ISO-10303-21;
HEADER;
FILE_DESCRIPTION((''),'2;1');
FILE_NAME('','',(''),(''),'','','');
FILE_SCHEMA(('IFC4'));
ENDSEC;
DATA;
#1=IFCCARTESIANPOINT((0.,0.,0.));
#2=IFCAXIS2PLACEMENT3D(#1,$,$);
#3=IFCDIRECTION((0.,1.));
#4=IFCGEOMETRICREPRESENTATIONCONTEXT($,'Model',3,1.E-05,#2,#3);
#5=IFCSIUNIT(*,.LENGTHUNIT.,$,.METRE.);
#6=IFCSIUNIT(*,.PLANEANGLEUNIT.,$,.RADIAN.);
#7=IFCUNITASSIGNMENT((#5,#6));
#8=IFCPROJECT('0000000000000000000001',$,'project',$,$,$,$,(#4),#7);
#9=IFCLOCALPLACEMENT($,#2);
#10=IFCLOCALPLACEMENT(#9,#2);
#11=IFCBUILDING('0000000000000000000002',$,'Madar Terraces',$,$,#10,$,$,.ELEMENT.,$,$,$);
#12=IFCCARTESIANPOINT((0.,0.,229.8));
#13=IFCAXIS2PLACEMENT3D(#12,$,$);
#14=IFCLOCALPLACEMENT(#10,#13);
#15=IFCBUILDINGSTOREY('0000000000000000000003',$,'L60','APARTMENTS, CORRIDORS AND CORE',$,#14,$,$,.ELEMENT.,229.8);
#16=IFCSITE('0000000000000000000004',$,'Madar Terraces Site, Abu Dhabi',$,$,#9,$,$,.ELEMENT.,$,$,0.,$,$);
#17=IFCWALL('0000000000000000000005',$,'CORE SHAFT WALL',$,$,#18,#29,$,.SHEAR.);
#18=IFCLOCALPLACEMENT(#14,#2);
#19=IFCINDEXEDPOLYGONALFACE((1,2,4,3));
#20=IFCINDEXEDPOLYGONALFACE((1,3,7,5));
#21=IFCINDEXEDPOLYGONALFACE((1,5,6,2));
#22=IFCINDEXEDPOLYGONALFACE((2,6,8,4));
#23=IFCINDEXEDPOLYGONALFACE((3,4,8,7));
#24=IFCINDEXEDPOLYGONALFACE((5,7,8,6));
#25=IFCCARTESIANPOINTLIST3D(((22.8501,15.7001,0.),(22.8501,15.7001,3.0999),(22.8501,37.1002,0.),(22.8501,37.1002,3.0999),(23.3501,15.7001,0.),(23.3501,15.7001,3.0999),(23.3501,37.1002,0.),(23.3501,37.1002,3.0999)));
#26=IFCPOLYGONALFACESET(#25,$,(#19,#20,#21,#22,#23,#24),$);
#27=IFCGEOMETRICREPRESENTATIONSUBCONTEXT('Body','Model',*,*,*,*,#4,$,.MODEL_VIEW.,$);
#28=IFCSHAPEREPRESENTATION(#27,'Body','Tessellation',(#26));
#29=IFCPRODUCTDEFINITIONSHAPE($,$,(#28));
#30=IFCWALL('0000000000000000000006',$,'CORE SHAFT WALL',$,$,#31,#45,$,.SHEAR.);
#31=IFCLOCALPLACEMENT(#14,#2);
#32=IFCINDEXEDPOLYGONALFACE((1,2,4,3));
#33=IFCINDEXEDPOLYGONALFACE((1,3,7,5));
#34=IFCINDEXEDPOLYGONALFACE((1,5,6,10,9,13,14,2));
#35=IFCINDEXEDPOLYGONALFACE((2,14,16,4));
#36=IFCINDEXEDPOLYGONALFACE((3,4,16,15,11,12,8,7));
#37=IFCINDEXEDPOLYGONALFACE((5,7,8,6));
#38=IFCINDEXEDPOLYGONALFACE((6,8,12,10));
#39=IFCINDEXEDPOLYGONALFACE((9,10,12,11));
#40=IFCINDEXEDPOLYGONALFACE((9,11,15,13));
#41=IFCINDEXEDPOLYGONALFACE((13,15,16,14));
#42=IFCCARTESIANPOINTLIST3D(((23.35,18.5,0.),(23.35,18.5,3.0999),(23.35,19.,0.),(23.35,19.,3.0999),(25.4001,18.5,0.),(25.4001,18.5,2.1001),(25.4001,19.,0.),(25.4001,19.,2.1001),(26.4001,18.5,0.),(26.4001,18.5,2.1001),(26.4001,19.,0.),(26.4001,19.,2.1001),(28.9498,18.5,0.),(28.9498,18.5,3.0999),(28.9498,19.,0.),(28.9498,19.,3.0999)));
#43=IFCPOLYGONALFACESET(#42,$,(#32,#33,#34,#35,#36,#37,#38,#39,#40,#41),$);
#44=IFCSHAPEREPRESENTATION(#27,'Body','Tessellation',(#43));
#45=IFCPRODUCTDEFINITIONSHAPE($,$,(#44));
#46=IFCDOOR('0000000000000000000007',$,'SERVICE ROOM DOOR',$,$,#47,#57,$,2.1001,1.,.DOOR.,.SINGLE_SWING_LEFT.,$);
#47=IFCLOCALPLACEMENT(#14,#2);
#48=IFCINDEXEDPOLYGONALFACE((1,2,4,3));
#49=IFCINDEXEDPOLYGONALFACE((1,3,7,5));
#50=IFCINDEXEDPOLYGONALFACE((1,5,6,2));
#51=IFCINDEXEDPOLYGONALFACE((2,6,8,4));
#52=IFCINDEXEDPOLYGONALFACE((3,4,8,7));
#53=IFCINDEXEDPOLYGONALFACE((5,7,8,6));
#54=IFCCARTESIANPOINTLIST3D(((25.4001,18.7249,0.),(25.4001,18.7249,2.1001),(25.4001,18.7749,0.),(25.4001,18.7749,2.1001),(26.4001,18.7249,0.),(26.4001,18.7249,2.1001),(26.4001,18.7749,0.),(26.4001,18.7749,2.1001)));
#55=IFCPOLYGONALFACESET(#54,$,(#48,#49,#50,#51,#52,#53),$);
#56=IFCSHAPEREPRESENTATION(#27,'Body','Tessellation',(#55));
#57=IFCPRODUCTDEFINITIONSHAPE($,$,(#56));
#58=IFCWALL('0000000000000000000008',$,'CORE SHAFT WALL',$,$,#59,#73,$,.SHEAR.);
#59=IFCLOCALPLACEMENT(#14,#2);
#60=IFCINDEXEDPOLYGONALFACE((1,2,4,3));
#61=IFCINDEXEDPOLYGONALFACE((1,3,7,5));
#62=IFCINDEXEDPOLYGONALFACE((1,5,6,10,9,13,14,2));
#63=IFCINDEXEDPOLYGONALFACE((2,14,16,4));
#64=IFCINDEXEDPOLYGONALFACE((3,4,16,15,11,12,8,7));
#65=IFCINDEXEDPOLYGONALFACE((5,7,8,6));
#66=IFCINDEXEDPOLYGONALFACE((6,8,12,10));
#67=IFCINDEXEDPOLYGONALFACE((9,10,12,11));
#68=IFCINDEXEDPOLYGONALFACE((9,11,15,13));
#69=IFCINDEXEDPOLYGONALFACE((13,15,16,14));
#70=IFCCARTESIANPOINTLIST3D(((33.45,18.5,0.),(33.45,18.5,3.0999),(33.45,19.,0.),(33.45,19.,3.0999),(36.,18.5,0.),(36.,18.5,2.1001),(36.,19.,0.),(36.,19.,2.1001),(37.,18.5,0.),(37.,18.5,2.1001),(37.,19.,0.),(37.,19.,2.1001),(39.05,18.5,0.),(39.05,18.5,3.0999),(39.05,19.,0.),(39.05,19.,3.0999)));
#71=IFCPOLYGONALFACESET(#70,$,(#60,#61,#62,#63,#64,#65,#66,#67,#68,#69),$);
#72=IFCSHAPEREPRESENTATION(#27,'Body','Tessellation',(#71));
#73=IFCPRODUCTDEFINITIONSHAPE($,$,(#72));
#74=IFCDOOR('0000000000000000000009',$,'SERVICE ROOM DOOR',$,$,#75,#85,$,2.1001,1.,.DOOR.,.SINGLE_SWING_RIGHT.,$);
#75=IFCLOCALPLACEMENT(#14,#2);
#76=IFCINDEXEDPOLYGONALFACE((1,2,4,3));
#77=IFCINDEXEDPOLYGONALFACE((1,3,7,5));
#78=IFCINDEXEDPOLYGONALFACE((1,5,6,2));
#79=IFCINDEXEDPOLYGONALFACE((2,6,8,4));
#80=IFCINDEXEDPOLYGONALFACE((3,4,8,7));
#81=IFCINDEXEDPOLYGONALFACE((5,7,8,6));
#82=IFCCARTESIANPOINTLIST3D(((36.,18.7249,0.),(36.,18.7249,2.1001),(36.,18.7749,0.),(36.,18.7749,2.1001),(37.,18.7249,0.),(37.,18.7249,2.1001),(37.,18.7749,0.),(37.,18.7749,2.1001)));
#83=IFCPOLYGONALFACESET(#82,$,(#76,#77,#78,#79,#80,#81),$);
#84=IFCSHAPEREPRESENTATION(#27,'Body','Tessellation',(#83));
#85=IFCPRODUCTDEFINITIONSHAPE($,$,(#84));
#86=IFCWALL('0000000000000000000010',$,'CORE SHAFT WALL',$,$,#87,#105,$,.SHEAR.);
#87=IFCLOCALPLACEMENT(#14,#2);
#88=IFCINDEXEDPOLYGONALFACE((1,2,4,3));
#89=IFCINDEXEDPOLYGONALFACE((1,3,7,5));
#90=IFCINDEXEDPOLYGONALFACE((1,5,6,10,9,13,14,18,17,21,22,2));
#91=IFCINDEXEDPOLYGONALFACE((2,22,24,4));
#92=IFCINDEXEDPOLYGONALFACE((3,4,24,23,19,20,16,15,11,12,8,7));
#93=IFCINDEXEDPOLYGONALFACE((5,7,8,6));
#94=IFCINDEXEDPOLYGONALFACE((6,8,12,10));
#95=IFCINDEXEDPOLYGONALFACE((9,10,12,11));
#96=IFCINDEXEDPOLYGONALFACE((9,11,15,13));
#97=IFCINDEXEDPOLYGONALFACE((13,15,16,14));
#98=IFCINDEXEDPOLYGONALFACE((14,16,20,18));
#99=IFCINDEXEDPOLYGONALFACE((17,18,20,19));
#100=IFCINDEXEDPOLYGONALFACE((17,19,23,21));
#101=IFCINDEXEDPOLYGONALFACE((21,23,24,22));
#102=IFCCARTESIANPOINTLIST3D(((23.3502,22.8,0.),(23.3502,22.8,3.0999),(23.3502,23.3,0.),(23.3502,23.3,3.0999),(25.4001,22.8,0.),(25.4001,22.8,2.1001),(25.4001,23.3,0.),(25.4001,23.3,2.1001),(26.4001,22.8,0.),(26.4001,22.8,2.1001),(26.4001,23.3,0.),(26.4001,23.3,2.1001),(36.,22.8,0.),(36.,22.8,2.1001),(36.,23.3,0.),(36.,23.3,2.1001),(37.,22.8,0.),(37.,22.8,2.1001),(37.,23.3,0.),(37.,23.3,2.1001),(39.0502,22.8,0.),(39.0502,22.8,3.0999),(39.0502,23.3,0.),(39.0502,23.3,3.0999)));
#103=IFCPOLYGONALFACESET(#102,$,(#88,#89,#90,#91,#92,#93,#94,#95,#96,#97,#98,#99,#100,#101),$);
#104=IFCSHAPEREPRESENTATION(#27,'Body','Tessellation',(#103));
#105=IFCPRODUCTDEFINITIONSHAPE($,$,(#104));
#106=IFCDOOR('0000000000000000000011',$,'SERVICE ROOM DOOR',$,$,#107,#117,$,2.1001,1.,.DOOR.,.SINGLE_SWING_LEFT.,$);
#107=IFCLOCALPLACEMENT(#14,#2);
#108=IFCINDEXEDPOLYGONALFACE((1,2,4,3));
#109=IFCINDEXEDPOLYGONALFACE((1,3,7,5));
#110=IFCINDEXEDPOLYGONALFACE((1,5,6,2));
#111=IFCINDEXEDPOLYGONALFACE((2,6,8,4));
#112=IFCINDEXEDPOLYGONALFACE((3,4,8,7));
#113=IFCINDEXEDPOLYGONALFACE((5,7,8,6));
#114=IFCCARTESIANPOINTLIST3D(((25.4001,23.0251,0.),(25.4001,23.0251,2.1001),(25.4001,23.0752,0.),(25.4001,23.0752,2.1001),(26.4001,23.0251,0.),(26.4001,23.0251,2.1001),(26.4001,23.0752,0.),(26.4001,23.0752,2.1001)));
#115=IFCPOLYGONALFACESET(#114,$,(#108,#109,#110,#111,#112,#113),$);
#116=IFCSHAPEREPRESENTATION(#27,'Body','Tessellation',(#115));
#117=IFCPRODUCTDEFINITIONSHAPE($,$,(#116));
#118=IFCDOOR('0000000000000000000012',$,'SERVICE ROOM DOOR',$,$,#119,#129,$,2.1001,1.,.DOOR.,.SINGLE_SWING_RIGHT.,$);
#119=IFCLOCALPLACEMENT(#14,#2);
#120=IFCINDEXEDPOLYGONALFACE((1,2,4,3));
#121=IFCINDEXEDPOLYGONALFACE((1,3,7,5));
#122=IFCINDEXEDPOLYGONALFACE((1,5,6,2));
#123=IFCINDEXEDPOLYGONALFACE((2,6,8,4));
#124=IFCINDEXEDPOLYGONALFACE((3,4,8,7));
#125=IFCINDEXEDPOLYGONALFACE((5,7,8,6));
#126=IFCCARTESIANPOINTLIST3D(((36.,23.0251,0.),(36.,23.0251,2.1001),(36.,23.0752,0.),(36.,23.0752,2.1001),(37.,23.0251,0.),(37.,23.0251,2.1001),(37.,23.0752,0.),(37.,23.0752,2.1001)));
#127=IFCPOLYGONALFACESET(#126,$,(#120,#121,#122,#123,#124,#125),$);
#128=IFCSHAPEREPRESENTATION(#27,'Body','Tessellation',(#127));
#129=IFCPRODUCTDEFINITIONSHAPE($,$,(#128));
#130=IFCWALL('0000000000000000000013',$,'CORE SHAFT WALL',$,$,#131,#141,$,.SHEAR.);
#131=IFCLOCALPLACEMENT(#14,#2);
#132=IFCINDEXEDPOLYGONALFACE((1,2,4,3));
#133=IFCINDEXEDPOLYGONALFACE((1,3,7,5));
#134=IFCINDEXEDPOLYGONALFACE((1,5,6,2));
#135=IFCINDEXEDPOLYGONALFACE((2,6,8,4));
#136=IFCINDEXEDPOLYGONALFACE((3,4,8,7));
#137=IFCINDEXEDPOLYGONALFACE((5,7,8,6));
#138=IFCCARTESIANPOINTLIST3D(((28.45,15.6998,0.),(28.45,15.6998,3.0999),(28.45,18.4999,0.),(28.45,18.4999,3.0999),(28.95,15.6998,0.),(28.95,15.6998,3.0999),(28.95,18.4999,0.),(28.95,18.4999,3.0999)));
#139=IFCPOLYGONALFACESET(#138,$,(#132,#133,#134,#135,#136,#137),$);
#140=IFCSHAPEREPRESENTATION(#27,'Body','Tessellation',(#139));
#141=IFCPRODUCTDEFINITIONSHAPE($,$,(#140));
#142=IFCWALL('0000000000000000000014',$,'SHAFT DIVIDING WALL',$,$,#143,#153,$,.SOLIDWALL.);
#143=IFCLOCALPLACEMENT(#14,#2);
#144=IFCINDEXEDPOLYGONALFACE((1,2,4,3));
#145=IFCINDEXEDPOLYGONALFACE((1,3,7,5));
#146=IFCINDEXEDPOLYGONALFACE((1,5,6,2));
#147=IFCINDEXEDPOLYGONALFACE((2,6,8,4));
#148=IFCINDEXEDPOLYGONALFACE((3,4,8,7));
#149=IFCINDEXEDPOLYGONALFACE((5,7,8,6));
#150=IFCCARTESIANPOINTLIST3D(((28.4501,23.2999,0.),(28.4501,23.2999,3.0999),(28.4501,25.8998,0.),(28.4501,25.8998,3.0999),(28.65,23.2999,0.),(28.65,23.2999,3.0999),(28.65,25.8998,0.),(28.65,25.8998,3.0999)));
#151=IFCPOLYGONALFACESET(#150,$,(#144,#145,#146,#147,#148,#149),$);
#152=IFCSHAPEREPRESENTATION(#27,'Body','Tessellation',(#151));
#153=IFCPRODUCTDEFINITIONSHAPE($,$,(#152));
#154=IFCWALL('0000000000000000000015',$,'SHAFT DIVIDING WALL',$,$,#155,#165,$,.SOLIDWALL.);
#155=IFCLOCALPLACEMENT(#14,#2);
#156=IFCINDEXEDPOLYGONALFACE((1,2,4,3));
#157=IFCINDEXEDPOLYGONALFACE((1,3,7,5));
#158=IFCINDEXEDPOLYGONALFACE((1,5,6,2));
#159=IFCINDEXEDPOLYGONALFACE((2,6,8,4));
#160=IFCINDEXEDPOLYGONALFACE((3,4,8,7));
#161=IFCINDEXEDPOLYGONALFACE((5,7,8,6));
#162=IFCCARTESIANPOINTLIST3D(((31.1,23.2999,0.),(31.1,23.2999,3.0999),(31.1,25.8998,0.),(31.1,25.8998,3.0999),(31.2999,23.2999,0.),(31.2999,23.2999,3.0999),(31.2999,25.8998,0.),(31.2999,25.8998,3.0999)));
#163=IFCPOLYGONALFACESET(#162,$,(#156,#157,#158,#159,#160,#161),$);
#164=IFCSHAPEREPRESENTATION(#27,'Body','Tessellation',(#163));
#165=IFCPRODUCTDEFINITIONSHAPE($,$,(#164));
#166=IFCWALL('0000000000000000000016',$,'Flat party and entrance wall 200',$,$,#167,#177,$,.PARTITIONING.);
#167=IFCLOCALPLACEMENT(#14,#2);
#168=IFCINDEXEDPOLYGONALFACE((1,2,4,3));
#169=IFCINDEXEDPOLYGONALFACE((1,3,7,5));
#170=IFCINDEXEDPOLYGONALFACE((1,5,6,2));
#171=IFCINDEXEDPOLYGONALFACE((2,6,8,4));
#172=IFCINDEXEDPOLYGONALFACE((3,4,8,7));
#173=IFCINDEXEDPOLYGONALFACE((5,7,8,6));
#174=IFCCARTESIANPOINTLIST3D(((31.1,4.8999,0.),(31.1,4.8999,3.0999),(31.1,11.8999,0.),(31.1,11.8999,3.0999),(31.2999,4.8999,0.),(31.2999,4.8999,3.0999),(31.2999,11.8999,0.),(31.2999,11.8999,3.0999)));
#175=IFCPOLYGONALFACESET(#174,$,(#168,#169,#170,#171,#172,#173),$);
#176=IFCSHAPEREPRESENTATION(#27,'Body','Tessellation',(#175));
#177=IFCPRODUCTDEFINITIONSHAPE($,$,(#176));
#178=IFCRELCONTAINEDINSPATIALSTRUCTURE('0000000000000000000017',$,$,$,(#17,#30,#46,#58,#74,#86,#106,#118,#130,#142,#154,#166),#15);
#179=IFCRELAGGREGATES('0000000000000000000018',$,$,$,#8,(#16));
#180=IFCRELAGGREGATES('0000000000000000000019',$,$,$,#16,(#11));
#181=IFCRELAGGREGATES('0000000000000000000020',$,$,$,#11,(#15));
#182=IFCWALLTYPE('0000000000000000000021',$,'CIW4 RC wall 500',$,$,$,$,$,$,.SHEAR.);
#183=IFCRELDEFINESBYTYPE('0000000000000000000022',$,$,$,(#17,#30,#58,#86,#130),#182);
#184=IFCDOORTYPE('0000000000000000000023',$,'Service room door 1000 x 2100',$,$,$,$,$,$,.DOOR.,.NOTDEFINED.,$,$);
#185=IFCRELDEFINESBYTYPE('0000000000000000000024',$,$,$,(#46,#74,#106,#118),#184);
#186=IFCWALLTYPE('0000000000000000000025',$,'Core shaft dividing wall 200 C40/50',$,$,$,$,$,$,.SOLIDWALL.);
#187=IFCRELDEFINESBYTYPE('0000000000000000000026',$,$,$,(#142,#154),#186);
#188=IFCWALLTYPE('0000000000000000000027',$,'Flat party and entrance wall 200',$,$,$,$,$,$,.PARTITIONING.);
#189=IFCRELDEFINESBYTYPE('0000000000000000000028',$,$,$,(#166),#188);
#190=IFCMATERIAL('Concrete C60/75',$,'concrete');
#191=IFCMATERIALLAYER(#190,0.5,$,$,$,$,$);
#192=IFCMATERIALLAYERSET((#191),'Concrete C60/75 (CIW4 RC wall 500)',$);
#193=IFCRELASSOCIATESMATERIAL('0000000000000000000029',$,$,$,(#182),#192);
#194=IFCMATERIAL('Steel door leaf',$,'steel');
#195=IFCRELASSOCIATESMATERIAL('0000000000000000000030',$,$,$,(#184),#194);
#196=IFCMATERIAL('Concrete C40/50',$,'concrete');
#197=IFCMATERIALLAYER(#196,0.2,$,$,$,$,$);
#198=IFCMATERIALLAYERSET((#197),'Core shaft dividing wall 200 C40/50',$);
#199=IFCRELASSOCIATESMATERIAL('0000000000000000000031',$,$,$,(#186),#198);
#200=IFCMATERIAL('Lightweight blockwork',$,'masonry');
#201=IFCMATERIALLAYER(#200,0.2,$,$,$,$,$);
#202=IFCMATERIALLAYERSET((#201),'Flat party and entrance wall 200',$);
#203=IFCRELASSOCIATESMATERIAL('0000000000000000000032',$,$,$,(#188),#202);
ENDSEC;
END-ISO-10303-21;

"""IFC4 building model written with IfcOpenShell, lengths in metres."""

from ifc_helpers import new_model, si_unit, direction, frame, frame_2d, origin, place, context, subcontext, project, spatial, rectangle, extrude, material, layer, layer_set, type_object, element, fill, save


model = new_model("IFC4")

# Units and contexts
model_context = context("Model", 3, precision=1e-05, world=origin(), true_north=direction((0.0, 1.0)))
body_context = subcontext(model_context, "Body", "Model", "MODEL_VIEW")
ifc_project = project(units=[si_unit("LENGTHUNIT", "METRE"), si_unit("PLANEANGLEUNIT", "RADIAN")], contexts=[model_context])

# Site, building, storey
site_placement = place(None, origin())
site = spatial("IfcSite", under=ifc_project, at=site_placement, Name="Madar Terraces Site, Abu Dhabi", CompositionType="ELEMENT", RefElevation=0.0)
building_placement = place(site_placement, origin())
building = spatial("IfcBuilding", under=site, at=building_placement, Name="Madar Terraces", CompositionType="ELEMENT")
storey_placement = place(building_placement, frame((0.0, 0.0, 229.8)))
storey = spatial("IfcBuildingStorey", under=building, at=storey_placement, Name="L60", Description="APARTMENTS, CORRIDORS AND CORE", CompositionType="ELEMENT", Elevation=229.8)

# Wall
ifc_material_1 = material(Name="Concrete C60/75", Category="concrete")
ifc_layer_1 = layer(ifc_material_1, 0.5)
ifc_layer_set_1 = layer_set([ifc_layer_1], Name="Concrete C60/75 (CIW4 RC wall 500)")
wall_type_1 = type_object("IfcWallType", Name="CIW4 RC wall 500", PredefinedType="SHEAR", material=ifc_layer_set_1)
wall_1_placement = place(storey_placement, frame((23.1001, 15.7, 0.0), z_axis=(0.0, 0.0, 1.0), x_axis=(0.0, 1.0, 0.0)))
element("IfcWall", 1, at=wall_1_placement, inside=storey, type_object=wall_type_1, Name="CORE SHAFT WALL", PredefinedType="SHEAR", context=body_context, shape_type="SweptSolid", body=[
    extrude(rectangle(XDim=21.4001, YDim=0.5, at=frame_2d((10.7002, 0.0))), origin(), (0.0, 0.0, 1.0), 3.0999),
])

# Walls, openings, doors
wall_2_placement = place(storey_placement, frame((23.3501, 18.75, 0.0), z_axis=(0.0, 0.0, 1.0), x_axis=(1.0, 0.0, 0.0)))
wall_2 = element("IfcWall", 2, at=wall_2_placement, inside=storey, type_object=wall_type_1, Name="CORE SHAFT WALL", PredefinedType="SHEAR", context=body_context, shape_type="SweptSolid", body=[
    extrude(rectangle(XDim=5.5999, YDim=0.5, at=frame_2d((2.7998, 0.0))), origin(), (0.0, 0.0, 1.0), 3.0999),
])
opening_1_placement = place(wall_2_placement, frame((2.05, 0.0, 0.0)))
opening_1 = element("IfcOpeningElement", 3, at=opening_1_placement, cuts=wall_2, PredefinedType="OPENING", context=body_context, shape_type="SweptSolid", body=[
    extrude(rectangle(XDim=1.0, YDim=2.1001, at=frame_2d((0.5, 1.05))), frame((0.0, 0.26, 0.0), z_axis=(0.0, -1.0, 0.0), x_axis=(1.0, 0.0, 0.0)), (0.0, 0.0, 1.0), 0.52),
])
ifc_material_2 = material(Name="Steel door leaf", Category="steel")
door_type = type_object("IfcDoorType", Name="Service room door 1000 x 2100", OperationType="NOTDEFINED", PredefinedType="DOOR", material=ifc_material_2)
door_1_placement = place(opening_1_placement, origin())
door_1 = element("IfcDoor", 4, at=door_1_placement, inside=storey, type_object=door_type, Name="SERVICE ROOM DOOR", OperationType="SINGLE_SWING_LEFT", OverallHeight=2.1001, OverallWidth=1.0, PredefinedType="DOOR", context=body_context, shape_type="SweptSolid", body=[
    extrude(rectangle(XDim=1.0, YDim=2.1001, at=frame_2d((0.5, 1.05))), frame((0.0, 0.0249, 0.0), z_axis=(0.0, -1.0, 0.0), x_axis=(1.0, 0.0, 0.0)), (0.0, 0.0, 1.0), 0.05),
])
fill(opening_1, door_1)
wall_3_placement = place(storey_placement, frame((33.45, 18.75, 0.0), z_axis=(0.0, 0.0, 1.0), x_axis=(1.0, 0.0, 0.0)))
wall_3 = element("IfcWall", 5, at=wall_3_placement, inside=storey, type_object=wall_type_1, Name="CORE SHAFT WALL", PredefinedType="SHEAR", context=body_context, shape_type="SweptSolid", body=[
    extrude(rectangle(XDim=5.6001, YDim=0.5, at=frame_2d((2.8, 0.0))), origin(), (0.0, 0.0, 1.0), 3.0999),
])
opening_2_placement = place(wall_3_placement, frame((2.55, 0.0, 0.0)))
opening_2 = element("IfcOpeningElement", 6, at=opening_2_placement, cuts=wall_3, PredefinedType="OPENING", context=body_context, shape_type="SweptSolid", body=[
    extrude(rectangle(XDim=1.0, YDim=2.1001, at=frame_2d((0.5, 1.05))), frame((0.0, 0.26, 0.0), z_axis=(0.0, -1.0, 0.0), x_axis=(1.0, 0.0, 0.0)), (0.0, 0.0, 1.0), 0.52),
])
door_2_placement = place(opening_2_placement, origin())
door_2 = element("IfcDoor", 7, at=door_2_placement, inside=storey, type_object=door_type, Name="SERVICE ROOM DOOR", OperationType="SINGLE_SWING_RIGHT", OverallHeight=2.1001, OverallWidth=1.0, PredefinedType="DOOR", context=body_context, shape_type="SweptSolid", body=[
    extrude(rectangle(XDim=1.0, YDim=2.1001, at=frame_2d((0.5, 1.05))), frame((0.0, 0.0249, 0.0), z_axis=(0.0, -1.0, 0.0), x_axis=(1.0, 0.0, 0.0)), (0.0, 0.0, 1.0), 0.05),
])
fill(opening_2, door_2)

# Wall, openings, doors
wall_4_placement = place(storey_placement, frame((23.3501, 23.05, 0.0), z_axis=(0.0, 0.0, 1.0), x_axis=(1.0, 0.0, 0.0)))
wall_4 = element("IfcWall", 8, at=wall_4_placement, inside=storey, type_object=wall_type_1, Name="CORE SHAFT WALL", PredefinedType="SHEAR", context=body_context, shape_type="SweptSolid", body=[
    extrude(rectangle(XDim=15.7, YDim=0.5, at=frame_2d((7.8501, 0.0))), origin(), (0.0, 0.0, 1.0), 3.0999),
])
opening_3_placement = place(wall_4_placement, frame((2.05, 0.0, 0.0)))
opening_3 = element("IfcOpeningElement", 9, at=opening_3_placement, cuts=wall_4, PredefinedType="OPENING", context=body_context, shape_type="SweptSolid", body=[
    extrude(rectangle(XDim=1.0, YDim=2.1001, at=frame_2d((0.5, 1.05))), frame((0.0, 0.26, 0.0), z_axis=(0.0, -1.0, 0.0), x_axis=(1.0, 0.0, 0.0)), (0.0, 0.0, 1.0), 0.52),
])
opening_4_placement = place(wall_4_placement, frame((12.6499, 0.0, 0.0)))
opening_4 = element("IfcOpeningElement", 10, at=opening_4_placement, cuts=wall_4, PredefinedType="OPENING", context=body_context, shape_type="SweptSolid", body=[
    extrude(rectangle(XDim=1.0, YDim=2.1001, at=frame_2d((0.5, 1.05))), frame((0.0, 0.26, 0.0), z_axis=(0.0, -1.0, 0.0), x_axis=(1.0, 0.0, 0.0)), (0.0, 0.0, 1.0), 0.52),
])
door_3_placement = place(opening_3_placement, frame((1.0, 0.0, 0.0), z_axis=(0.0, 0.0, 1.0), x_axis=(-1.0, 0.0, 0.0)))
door_3 = element("IfcDoor", 11, at=door_3_placement, inside=storey, type_object=door_type, Name="SERVICE ROOM DOOR", OperationType="SINGLE_SWING_LEFT", OverallHeight=2.1001, OverallWidth=1.0, PredefinedType="DOOR", context=body_context, shape_type="SweptSolid", body=[
    extrude(rectangle(XDim=1.0, YDim=2.1001, at=frame_2d((0.5, 1.05))), frame((0.0, 0.0249, 0.0), z_axis=(0.0, -1.0, 0.0), x_axis=(1.0, 0.0, 0.0)), (0.0, 0.0, 1.0), 0.05),
])
fill(opening_3, door_3)
door_4_placement = place(opening_4_placement, frame((1.0, 0.0, 0.0), z_axis=(0.0, 0.0, 1.0), x_axis=(-1.0, 0.0, 0.0)))
door_4 = element("IfcDoor", 12, at=door_4_placement, inside=storey, type_object=door_type, Name="SERVICE ROOM DOOR", OperationType="SINGLE_SWING_RIGHT", OverallHeight=2.1001, OverallWidth=1.0, PredefinedType="DOOR", context=body_context, shape_type="SweptSolid", body=[
    extrude(rectangle(XDim=1.0, YDim=2.1001, at=frame_2d((0.5, 1.05))), frame((0.0, 0.0249, 0.0), z_axis=(0.0, -1.0, 0.0), x_axis=(1.0, 0.0, 0.0)), (0.0, 0.0, 1.0), 0.05),
])
fill(opening_4, door_4)

# Walls
wall_5_placement = place(storey_placement, frame((28.7, 15.7, 0.0), z_axis=(0.0, 0.0, 1.0), x_axis=(0.0, 1.0, 0.0)))
element("IfcWall", 13, at=wall_5_placement, inside=storey, type_object=wall_type_1, Name="CORE SHAFT WALL", PredefinedType="SHEAR", context=body_context, shape_type="SweptSolid", body=[
    extrude(rectangle(XDim=2.8, YDim=0.5, at=frame_2d((1.3999, 0.0))), origin(), (0.0, 0.0, 1.0), 3.0999),
])
ifc_material_3 = material(Name="Concrete C40/50", Category="concrete")
ifc_layer_2 = layer(ifc_material_3, 0.2)
ifc_layer_set_2 = layer_set([ifc_layer_2], Name="Core shaft dividing wall 200 C40/50")
wall_type_2 = type_object("IfcWallType", Name="Core shaft dividing wall 200 C40/50", PredefinedType="SOLIDWALL", material=ifc_layer_set_2)
for number, where, z_axis, x_axis, name in (
    (14, (28.55, 23.3, 0.0), (0.0, 0.0, 1.0), (0.0, 1.0, 0.0), "SHAFT DIVIDING WALL"),
    (15, (31.2, 23.3, 0.0), (0.0, 0.0, 1.0), (0.0, 1.0, 0.0), "SHAFT DIVIDING WALL"),
):
    element("IfcWall", number, at=place(storey_placement, frame(where, z_axis=z_axis, x_axis=x_axis)), inside=storey, type_object=wall_type_2, Name=name, PredefinedType="SOLIDWALL", context=body_context, shape_type="SweptSolid", body=[
        extrude(rectangle(XDim=2.5999, YDim=0.2, at=frame_2d((1.2998, 0.0))), origin(), (0.0, 0.0, 1.0), 3.0999),
    ])
ifc_material_4 = material(Name="Lightweight blockwork", Category="masonry")
ifc_layer_3 = layer(ifc_material_4, 0.2)
ifc_layer_set_3 = layer_set([ifc_layer_3], Name="Flat party and entrance wall 200")
wall_type_3 = type_object("IfcWallType", Name="Flat party and entrance wall 200", PredefinedType="PARTITIONING", material=ifc_layer_set_3)
wall_6_placement = place(storey_placement, frame((31.2, 11.8999, 0.0), z_axis=(0.0, 0.0, 1.0), x_axis=(0.0, -1.0, 0.0)))
element("IfcWall", 16, at=wall_6_placement, inside=storey, type_object=wall_type_3, Name="Flat party and entrance wall 200", PredefinedType="PARTITIONING", context=body_context, shape_type="SweptSolid", body=[
    extrude(rectangle(XDim=7.0, YDim=0.2, at=frame_2d((3.5, 0.0))), origin(), (0.0, 0.0, 1.0), 3.0999),
])

save(model, "model.ifc")
